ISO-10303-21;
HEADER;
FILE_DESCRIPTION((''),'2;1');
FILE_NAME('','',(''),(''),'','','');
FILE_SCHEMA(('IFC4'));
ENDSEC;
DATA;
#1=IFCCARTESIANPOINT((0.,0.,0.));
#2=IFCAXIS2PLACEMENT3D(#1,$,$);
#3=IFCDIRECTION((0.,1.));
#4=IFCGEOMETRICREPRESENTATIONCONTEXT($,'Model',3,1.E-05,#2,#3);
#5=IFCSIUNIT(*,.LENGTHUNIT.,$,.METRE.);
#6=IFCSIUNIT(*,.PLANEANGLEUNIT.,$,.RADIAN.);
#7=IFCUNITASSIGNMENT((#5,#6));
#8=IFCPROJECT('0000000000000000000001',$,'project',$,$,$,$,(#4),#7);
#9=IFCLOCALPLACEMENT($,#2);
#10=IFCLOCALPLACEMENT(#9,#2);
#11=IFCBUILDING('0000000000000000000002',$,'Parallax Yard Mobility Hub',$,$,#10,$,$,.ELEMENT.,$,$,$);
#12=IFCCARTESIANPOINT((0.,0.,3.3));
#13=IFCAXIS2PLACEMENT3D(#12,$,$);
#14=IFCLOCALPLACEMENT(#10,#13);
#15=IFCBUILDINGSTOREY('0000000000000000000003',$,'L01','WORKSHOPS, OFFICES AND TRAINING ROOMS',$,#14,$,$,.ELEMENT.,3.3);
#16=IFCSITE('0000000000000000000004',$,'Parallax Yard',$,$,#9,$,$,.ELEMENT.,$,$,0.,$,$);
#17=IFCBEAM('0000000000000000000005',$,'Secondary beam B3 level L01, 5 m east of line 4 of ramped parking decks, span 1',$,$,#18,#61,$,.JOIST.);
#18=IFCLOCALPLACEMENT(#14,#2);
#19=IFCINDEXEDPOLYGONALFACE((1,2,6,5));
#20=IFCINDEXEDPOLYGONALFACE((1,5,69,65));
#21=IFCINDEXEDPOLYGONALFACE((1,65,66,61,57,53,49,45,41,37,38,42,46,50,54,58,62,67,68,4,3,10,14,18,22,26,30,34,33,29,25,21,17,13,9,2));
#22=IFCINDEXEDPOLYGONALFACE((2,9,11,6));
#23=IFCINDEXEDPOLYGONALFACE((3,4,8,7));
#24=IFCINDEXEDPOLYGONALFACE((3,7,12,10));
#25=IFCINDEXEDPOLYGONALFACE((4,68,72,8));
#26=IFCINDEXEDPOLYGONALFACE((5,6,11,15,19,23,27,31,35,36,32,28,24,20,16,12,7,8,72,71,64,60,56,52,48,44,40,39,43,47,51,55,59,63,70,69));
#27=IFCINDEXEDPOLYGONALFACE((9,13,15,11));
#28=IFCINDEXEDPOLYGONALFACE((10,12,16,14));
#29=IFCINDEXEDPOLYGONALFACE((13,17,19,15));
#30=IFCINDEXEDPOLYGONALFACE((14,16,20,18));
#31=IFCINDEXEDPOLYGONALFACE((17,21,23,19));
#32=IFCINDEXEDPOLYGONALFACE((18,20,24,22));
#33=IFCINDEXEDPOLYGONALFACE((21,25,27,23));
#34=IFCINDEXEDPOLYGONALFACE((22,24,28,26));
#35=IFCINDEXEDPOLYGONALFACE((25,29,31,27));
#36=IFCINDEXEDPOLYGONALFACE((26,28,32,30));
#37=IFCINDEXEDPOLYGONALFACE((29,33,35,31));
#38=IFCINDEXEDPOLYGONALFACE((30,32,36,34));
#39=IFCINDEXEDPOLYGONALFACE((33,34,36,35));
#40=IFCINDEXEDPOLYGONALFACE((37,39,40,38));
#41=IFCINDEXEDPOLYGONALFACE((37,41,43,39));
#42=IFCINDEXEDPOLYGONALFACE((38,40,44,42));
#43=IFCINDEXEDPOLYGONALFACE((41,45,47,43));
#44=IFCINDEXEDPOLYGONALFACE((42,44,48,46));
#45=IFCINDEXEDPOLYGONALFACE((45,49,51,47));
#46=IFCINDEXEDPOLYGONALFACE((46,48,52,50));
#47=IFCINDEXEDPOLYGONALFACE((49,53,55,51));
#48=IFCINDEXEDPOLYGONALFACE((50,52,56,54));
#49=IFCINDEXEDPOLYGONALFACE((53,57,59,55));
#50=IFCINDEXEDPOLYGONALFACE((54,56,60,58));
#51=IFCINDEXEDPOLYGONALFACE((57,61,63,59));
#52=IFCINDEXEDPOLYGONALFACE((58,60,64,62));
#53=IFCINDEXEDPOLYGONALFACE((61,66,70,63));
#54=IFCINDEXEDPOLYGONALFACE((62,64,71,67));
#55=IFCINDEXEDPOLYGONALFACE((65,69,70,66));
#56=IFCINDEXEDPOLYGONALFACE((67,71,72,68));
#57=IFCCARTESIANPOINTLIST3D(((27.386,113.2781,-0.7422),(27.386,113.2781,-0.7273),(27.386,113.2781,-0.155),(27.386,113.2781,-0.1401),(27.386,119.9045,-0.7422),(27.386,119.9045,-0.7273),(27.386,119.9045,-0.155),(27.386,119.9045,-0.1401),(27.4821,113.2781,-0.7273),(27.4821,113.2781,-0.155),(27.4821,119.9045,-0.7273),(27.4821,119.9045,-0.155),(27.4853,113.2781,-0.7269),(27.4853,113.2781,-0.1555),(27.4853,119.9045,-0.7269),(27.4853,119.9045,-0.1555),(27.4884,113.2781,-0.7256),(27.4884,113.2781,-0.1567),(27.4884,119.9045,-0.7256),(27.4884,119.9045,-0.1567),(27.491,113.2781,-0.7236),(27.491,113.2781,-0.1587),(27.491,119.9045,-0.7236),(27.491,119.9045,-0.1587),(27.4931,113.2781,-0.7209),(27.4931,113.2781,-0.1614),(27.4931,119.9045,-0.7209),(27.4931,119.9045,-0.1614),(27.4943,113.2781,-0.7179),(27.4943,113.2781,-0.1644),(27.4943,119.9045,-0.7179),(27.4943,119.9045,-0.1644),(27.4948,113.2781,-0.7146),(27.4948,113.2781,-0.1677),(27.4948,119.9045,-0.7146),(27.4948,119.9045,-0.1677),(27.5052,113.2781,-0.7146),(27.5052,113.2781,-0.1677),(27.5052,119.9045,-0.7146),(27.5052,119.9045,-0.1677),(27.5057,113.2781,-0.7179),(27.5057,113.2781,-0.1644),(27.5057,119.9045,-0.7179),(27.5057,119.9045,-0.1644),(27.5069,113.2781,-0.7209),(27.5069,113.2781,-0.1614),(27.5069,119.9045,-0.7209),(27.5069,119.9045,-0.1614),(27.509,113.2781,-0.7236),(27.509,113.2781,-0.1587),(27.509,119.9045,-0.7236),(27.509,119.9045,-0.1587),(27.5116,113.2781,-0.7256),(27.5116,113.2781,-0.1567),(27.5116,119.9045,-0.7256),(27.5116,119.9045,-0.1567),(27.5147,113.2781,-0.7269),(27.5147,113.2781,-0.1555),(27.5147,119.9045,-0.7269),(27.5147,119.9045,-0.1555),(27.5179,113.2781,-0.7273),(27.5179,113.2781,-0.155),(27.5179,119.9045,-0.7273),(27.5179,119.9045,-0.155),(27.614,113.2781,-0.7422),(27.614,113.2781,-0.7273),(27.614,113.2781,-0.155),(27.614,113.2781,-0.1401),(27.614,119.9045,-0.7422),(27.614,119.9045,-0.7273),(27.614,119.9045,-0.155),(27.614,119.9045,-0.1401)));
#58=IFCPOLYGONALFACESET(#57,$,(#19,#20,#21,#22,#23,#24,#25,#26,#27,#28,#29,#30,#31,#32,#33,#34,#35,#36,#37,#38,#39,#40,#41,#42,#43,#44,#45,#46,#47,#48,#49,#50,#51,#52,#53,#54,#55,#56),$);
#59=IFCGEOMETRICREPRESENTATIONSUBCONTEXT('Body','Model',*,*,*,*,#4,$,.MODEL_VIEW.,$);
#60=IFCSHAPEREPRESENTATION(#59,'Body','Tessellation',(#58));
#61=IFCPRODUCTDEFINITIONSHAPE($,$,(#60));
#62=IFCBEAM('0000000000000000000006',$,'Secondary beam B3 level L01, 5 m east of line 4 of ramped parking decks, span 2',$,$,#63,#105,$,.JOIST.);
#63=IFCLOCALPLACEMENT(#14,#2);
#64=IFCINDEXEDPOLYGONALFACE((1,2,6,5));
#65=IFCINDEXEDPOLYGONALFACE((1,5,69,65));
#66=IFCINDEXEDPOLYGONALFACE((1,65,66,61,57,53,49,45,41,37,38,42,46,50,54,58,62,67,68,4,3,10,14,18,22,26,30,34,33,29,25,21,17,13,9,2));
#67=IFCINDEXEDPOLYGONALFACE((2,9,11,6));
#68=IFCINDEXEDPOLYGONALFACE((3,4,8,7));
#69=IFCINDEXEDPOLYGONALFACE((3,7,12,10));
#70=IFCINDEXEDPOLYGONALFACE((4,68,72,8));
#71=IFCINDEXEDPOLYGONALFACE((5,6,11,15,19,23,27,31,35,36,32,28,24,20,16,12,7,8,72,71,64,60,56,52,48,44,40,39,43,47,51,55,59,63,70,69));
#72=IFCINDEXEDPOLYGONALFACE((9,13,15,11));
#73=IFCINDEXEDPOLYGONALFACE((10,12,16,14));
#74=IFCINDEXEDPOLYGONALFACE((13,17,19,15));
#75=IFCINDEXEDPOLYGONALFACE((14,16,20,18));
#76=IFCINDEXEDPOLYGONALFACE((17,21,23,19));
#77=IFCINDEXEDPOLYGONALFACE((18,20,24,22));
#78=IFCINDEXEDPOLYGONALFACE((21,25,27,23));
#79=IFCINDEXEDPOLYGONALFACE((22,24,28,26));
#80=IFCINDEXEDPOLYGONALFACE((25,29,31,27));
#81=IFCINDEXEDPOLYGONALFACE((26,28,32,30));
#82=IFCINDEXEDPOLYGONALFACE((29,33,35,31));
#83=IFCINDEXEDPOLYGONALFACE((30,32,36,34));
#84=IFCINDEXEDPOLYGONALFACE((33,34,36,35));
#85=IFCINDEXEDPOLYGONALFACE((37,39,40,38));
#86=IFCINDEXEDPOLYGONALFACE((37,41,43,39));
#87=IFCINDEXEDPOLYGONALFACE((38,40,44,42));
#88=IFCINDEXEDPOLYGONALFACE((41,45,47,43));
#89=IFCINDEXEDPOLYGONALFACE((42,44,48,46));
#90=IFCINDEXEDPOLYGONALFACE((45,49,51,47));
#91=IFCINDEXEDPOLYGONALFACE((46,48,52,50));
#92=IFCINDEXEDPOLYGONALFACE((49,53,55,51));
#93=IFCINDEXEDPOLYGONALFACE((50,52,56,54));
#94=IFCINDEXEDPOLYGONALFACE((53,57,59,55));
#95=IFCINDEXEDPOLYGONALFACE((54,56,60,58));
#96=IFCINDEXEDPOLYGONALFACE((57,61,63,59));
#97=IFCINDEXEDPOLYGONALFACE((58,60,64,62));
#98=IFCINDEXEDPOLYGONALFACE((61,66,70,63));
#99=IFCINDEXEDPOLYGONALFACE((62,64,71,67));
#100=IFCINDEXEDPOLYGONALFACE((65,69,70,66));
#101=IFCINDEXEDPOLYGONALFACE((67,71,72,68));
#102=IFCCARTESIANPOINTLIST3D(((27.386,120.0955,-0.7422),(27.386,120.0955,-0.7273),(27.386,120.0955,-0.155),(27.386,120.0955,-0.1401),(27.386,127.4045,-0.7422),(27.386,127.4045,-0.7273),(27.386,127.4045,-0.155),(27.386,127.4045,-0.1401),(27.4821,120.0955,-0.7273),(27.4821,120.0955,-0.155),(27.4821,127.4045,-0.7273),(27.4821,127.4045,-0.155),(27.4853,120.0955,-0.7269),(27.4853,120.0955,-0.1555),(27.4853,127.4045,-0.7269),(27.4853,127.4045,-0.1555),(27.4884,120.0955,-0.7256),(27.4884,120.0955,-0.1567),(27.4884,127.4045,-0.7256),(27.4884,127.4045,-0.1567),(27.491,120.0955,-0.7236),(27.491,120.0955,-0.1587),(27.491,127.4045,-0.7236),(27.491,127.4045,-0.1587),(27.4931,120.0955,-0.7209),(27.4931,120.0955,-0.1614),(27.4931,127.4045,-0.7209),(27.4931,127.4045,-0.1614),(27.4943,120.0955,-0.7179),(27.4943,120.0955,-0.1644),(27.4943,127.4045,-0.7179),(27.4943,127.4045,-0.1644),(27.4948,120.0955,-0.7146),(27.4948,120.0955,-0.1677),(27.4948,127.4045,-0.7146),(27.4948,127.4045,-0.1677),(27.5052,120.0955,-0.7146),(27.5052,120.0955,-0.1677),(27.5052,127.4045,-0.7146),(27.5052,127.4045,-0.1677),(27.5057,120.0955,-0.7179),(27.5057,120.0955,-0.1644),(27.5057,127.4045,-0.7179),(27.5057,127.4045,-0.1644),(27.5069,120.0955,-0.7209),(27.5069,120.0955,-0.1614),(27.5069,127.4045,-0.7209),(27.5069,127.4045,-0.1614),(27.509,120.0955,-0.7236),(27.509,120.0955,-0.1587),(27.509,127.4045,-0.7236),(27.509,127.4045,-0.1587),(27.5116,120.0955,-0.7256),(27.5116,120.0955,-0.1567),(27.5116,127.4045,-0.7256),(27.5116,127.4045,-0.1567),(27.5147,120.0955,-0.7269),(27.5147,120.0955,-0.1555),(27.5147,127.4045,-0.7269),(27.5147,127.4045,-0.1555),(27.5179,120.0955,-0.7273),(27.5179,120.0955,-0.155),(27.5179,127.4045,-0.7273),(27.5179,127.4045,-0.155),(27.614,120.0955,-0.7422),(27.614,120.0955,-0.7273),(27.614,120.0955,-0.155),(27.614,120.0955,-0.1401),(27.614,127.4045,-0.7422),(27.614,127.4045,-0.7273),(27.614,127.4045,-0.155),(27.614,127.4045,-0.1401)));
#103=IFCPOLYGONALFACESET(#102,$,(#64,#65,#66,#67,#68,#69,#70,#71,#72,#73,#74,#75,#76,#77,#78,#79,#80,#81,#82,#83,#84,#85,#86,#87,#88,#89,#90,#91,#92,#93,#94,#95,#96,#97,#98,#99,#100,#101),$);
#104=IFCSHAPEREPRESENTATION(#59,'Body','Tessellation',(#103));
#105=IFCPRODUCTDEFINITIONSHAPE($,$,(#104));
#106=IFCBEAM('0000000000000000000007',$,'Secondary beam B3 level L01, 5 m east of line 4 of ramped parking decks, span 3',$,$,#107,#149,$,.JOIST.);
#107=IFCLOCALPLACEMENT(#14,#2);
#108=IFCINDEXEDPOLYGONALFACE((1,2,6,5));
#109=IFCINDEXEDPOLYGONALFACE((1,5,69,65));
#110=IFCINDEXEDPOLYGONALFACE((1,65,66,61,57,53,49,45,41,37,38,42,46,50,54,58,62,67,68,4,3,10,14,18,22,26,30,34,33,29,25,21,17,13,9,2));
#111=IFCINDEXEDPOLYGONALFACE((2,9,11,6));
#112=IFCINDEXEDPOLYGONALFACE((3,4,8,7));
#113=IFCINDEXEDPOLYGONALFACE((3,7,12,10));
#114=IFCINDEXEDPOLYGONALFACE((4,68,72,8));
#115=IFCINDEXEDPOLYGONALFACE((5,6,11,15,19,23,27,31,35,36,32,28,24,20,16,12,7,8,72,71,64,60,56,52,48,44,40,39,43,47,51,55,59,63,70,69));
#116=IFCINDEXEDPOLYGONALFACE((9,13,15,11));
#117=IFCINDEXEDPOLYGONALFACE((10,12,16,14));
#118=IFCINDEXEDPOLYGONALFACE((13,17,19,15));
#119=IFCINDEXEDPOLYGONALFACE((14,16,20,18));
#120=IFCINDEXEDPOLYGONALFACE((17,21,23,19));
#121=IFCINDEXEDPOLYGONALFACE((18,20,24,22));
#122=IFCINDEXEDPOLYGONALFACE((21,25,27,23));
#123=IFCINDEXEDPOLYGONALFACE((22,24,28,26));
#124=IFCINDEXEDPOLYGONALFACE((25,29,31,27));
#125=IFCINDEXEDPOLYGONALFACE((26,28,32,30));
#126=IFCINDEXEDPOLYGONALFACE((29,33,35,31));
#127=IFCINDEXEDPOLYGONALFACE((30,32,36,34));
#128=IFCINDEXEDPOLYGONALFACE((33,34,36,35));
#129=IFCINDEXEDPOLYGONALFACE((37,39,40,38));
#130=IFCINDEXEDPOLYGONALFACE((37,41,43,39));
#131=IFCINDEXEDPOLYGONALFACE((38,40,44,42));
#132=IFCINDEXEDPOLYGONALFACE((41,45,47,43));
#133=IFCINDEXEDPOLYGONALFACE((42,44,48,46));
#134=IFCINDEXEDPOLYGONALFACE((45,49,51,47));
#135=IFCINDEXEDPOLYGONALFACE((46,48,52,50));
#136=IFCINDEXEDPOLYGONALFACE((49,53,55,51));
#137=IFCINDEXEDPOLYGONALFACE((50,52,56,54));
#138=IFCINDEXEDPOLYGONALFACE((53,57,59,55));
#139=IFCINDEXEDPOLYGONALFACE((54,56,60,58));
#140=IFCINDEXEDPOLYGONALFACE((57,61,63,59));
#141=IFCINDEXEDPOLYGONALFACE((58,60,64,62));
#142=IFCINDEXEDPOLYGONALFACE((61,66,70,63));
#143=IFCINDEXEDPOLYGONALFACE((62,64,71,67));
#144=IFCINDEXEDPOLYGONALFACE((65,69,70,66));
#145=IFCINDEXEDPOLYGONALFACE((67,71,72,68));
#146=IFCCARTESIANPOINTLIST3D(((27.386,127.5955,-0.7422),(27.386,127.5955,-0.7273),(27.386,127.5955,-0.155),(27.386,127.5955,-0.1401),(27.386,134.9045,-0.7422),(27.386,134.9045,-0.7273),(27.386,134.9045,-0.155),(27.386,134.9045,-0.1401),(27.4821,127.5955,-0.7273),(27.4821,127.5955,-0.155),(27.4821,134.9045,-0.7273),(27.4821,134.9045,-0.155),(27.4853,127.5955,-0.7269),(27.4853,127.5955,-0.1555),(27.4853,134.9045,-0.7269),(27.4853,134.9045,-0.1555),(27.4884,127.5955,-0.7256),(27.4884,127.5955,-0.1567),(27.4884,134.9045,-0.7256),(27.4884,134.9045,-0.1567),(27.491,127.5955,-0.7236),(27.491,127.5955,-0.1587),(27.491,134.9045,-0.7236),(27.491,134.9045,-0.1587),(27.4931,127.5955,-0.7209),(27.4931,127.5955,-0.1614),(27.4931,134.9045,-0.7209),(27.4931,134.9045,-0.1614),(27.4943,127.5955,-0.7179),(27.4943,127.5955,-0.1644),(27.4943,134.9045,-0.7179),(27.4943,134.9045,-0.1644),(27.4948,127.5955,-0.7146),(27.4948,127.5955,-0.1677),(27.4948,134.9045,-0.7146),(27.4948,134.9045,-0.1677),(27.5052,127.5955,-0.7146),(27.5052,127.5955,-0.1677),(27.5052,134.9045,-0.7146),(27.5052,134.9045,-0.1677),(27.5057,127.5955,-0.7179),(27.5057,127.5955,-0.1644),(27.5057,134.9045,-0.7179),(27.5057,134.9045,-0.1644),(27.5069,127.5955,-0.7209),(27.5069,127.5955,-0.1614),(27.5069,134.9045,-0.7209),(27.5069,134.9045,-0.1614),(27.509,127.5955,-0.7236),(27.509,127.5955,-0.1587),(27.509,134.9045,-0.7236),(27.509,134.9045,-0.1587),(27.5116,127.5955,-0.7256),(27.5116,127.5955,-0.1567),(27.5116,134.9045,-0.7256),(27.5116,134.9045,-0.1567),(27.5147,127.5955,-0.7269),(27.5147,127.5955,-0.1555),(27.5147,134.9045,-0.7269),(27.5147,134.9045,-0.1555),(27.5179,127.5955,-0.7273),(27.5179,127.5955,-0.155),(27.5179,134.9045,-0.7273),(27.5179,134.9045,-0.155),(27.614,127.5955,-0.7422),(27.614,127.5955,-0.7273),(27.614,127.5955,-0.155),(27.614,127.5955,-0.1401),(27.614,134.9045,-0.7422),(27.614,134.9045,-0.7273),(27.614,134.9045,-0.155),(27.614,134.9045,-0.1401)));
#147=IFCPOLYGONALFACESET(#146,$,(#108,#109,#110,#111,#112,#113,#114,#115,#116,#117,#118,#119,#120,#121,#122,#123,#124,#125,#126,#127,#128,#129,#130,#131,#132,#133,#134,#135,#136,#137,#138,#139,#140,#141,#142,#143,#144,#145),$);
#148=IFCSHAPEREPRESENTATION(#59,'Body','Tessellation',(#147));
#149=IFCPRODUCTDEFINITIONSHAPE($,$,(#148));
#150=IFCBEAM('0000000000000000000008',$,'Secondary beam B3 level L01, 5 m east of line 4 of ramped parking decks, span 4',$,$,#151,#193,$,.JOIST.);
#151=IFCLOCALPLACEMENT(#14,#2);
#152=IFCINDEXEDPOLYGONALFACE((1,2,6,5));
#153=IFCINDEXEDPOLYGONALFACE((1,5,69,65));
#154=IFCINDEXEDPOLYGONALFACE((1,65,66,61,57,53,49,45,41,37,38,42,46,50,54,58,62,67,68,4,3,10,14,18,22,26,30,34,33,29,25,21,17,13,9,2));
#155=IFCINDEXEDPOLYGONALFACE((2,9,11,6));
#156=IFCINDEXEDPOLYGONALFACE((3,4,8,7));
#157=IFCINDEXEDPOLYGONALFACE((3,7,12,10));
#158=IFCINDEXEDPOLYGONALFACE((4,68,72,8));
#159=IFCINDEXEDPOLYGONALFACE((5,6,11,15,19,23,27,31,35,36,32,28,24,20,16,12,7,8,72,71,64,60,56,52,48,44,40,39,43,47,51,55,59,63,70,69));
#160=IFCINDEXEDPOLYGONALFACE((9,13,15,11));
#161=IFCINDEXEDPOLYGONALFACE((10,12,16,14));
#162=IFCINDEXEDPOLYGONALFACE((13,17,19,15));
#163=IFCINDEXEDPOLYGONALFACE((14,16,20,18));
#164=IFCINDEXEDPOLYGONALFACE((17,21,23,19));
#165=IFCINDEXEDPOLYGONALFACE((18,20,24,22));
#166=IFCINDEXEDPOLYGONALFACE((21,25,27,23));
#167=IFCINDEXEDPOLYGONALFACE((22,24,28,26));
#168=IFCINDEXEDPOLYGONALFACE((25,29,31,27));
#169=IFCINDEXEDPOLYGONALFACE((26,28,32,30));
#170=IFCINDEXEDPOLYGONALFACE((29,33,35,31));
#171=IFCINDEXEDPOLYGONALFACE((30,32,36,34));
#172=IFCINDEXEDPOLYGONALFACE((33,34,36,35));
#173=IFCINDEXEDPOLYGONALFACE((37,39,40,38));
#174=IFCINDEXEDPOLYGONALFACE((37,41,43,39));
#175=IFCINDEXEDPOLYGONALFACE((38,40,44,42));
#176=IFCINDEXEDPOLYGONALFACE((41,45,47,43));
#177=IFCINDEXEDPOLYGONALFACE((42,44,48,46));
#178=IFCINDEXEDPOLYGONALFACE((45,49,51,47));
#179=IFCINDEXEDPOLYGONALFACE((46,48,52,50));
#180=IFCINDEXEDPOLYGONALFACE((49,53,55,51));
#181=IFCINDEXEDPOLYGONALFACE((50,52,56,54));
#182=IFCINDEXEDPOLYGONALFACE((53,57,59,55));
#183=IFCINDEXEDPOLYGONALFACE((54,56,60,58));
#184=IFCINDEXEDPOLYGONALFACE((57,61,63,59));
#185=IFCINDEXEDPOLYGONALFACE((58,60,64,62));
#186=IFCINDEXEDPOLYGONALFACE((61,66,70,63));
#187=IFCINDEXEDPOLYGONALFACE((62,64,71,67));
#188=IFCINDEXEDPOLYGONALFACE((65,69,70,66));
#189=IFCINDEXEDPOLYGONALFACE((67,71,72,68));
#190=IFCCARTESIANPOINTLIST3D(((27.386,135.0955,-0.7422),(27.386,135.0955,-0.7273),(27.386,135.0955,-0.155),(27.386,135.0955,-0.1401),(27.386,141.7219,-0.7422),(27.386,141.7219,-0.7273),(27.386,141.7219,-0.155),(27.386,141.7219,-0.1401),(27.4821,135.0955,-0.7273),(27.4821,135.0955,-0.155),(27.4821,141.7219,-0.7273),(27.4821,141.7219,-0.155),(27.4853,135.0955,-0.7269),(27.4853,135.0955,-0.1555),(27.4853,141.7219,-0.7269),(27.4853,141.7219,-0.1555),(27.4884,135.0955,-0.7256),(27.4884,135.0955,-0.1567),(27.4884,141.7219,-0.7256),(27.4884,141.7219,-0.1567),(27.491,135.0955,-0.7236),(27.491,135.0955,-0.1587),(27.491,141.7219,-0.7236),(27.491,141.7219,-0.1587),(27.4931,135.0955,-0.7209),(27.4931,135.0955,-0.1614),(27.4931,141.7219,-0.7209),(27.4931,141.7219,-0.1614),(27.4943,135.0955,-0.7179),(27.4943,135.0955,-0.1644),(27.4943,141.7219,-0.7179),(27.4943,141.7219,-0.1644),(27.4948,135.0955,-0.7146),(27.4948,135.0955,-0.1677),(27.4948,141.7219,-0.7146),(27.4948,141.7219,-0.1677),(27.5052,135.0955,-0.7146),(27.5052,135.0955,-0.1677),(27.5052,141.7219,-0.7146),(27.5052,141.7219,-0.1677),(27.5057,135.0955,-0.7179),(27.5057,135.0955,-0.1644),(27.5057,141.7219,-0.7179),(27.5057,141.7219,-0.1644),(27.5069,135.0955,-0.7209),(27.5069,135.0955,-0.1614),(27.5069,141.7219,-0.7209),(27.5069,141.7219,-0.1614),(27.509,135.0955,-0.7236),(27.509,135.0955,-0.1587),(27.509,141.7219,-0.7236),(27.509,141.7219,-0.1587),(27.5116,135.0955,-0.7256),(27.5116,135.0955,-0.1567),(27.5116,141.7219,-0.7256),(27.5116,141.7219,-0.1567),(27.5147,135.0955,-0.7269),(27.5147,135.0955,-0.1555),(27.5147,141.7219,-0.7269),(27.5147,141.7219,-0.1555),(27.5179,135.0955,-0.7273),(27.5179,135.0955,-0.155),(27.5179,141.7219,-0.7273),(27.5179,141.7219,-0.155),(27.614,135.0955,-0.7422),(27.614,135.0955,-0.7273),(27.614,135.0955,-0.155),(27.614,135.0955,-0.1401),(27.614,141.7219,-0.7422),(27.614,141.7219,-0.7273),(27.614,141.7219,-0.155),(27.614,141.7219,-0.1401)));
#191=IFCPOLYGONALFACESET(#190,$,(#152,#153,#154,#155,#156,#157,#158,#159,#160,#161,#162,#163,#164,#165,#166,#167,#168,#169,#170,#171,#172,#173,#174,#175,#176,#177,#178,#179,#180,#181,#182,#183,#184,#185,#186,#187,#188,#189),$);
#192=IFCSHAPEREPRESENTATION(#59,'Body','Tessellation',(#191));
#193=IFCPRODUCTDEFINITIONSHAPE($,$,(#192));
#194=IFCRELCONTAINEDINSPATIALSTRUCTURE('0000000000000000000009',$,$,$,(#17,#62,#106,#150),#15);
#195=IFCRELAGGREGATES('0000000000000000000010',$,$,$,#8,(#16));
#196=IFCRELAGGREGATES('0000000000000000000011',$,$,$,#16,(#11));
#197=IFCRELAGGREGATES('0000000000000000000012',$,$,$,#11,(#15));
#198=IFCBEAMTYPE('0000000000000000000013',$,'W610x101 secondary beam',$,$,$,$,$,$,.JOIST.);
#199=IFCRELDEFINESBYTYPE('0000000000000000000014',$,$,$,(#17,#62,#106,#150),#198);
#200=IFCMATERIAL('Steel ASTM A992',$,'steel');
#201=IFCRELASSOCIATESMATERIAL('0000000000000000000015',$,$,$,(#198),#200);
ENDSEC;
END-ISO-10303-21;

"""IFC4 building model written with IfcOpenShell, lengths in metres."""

from ifc_helpers import new_model, si_unit, direction, frame, origin, origin_2d, place, context, subcontext, project, spatial, i_section, extrude, material, material_profile, profile_set, type_object, element, save


model = new_model("IFC4")

# Units and contexts
model_context = context("Model", 3, precision=1e-05, world=origin(), true_north=direction((0.0, 1.0)))
body_context = subcontext(model_context, "Body", "Model", "MODEL_VIEW")
ifc_project = project(units=[si_unit("LENGTHUNIT", "METRE"), si_unit("PLANEANGLEUNIT", "RADIAN")], contexts=[model_context])

# Site, building, storey
site_placement = place(None, origin())
site = spatial("IfcSite", under=ifc_project, at=site_placement, Name="Parallax Yard", CompositionType="ELEMENT", RefElevation=0.0)
building_placement = place(site_placement, origin())
building = spatial("IfcBuilding", under=site, at=building_placement, Name="Parallax Yard Mobility Hub", CompositionType="ELEMENT")
storey_placement = place(building_placement, frame((0.0, 0.0, 3.3)))
storey = spatial("IfcBuildingStorey", under=building, at=storey_placement, Name="L01", Description="WORKSHOPS, OFFICES AND TRAINING ROOMS", CompositionType="ELEMENT", Elevation=3.3)

# Shared definitions
ifc_material_1 = material(Name="Steel ASTM A992", Category="steel")

# Beams
ifc_material_profile_1 = material_profile(ifc_material_1, i_section(OverallWidth=0.228, OverallDepth=0.6021, WebThickness=0.0105, FlangeThickness=0.0149, FilletRadius=0.0127, at=origin_2d()), Name="W610x101")
ifc_profile_set_1 = profile_set([ifc_material_profile_1], Name="Steel ASTM A992")
beam_type_1 = type_object("IfcBeamType", Name="W610x101 secondary beam", PredefinedType="JOIST", material=ifc_profile_set_1)
beam_1_placement = place(storey_placement, frame((27.5, 113.2781, -0.4412), z_axis=(0.0, 1.0, 0.0), x_axis=(-1.0, 0.0, 0.0)))
element("IfcBeam", 1, at=beam_1_placement, inside=storey, type_object=beam_type_1, Name="Secondary beam B3 level L01, 5 m east of line 4 of ramped parking decks, span 1", PredefinedType="JOIST", context=body_context, shape_type="SweptSolid", body=[
    extrude(i_section(OverallWidth=0.228, OverallDepth=0.6021, WebThickness=0.0105, FlangeThickness=0.0149, FilletRadius=0.0127, at=origin_2d()), origin(), (0.0, 0.0, 1.0), 6.6265),
])
for number, where, z_axis, x_axis, name in (
    (2, (27.5, 120.0955, -0.4412), (0.0, 1.0, 0.0), (-1.0, 0.0, 0.0), "Secondary beam B3 level L01, 5 m east of line 4 of ramped parking decks, span 2"),
    (3, (27.5, 127.5955, -0.4412), (0.0, 1.0, 0.0), (-1.0, 0.0, 0.0), "Secondary beam B3 level L01, 5 m east of line 4 of ramped parking decks, span 3"),
):
    element("IfcBeam", number, at=place(storey_placement, frame(where, z_axis=z_axis, x_axis=x_axis)), inside=storey, type_object=beam_type_1, Name=name, PredefinedType="JOIST", context=body_context, shape_type="SweptSolid", body=[
        extrude(i_section(OverallWidth=0.228, OverallDepth=0.6021, WebThickness=0.0105, FlangeThickness=0.0149, FilletRadius=0.0127, at=origin_2d()), origin(), (0.0, 0.0, 1.0), 7.3091),
    ])
beam_2_placement = place(storey_placement, frame((27.5, 135.0955, -0.4412), z_axis=(0.0, 1.0, 0.0), x_axis=(-1.0, 0.0, 0.0)))
element("IfcBeam", 4, at=beam_2_placement, inside=storey, type_object=beam_type_1, Name="Secondary beam B3 level L01, 5 m east of line 4 of ramped parking decks, span 4", PredefinedType="JOIST", context=body_context, shape_type="SweptSolid", body=[
    extrude(i_section(OverallWidth=0.228, OverallDepth=0.6021, WebThickness=0.0105, FlangeThickness=0.0149, FilletRadius=0.0127, at=origin_2d()), origin(), (0.0, 0.0, 1.0), 6.6265),
])

save(model, "model.ifc")
